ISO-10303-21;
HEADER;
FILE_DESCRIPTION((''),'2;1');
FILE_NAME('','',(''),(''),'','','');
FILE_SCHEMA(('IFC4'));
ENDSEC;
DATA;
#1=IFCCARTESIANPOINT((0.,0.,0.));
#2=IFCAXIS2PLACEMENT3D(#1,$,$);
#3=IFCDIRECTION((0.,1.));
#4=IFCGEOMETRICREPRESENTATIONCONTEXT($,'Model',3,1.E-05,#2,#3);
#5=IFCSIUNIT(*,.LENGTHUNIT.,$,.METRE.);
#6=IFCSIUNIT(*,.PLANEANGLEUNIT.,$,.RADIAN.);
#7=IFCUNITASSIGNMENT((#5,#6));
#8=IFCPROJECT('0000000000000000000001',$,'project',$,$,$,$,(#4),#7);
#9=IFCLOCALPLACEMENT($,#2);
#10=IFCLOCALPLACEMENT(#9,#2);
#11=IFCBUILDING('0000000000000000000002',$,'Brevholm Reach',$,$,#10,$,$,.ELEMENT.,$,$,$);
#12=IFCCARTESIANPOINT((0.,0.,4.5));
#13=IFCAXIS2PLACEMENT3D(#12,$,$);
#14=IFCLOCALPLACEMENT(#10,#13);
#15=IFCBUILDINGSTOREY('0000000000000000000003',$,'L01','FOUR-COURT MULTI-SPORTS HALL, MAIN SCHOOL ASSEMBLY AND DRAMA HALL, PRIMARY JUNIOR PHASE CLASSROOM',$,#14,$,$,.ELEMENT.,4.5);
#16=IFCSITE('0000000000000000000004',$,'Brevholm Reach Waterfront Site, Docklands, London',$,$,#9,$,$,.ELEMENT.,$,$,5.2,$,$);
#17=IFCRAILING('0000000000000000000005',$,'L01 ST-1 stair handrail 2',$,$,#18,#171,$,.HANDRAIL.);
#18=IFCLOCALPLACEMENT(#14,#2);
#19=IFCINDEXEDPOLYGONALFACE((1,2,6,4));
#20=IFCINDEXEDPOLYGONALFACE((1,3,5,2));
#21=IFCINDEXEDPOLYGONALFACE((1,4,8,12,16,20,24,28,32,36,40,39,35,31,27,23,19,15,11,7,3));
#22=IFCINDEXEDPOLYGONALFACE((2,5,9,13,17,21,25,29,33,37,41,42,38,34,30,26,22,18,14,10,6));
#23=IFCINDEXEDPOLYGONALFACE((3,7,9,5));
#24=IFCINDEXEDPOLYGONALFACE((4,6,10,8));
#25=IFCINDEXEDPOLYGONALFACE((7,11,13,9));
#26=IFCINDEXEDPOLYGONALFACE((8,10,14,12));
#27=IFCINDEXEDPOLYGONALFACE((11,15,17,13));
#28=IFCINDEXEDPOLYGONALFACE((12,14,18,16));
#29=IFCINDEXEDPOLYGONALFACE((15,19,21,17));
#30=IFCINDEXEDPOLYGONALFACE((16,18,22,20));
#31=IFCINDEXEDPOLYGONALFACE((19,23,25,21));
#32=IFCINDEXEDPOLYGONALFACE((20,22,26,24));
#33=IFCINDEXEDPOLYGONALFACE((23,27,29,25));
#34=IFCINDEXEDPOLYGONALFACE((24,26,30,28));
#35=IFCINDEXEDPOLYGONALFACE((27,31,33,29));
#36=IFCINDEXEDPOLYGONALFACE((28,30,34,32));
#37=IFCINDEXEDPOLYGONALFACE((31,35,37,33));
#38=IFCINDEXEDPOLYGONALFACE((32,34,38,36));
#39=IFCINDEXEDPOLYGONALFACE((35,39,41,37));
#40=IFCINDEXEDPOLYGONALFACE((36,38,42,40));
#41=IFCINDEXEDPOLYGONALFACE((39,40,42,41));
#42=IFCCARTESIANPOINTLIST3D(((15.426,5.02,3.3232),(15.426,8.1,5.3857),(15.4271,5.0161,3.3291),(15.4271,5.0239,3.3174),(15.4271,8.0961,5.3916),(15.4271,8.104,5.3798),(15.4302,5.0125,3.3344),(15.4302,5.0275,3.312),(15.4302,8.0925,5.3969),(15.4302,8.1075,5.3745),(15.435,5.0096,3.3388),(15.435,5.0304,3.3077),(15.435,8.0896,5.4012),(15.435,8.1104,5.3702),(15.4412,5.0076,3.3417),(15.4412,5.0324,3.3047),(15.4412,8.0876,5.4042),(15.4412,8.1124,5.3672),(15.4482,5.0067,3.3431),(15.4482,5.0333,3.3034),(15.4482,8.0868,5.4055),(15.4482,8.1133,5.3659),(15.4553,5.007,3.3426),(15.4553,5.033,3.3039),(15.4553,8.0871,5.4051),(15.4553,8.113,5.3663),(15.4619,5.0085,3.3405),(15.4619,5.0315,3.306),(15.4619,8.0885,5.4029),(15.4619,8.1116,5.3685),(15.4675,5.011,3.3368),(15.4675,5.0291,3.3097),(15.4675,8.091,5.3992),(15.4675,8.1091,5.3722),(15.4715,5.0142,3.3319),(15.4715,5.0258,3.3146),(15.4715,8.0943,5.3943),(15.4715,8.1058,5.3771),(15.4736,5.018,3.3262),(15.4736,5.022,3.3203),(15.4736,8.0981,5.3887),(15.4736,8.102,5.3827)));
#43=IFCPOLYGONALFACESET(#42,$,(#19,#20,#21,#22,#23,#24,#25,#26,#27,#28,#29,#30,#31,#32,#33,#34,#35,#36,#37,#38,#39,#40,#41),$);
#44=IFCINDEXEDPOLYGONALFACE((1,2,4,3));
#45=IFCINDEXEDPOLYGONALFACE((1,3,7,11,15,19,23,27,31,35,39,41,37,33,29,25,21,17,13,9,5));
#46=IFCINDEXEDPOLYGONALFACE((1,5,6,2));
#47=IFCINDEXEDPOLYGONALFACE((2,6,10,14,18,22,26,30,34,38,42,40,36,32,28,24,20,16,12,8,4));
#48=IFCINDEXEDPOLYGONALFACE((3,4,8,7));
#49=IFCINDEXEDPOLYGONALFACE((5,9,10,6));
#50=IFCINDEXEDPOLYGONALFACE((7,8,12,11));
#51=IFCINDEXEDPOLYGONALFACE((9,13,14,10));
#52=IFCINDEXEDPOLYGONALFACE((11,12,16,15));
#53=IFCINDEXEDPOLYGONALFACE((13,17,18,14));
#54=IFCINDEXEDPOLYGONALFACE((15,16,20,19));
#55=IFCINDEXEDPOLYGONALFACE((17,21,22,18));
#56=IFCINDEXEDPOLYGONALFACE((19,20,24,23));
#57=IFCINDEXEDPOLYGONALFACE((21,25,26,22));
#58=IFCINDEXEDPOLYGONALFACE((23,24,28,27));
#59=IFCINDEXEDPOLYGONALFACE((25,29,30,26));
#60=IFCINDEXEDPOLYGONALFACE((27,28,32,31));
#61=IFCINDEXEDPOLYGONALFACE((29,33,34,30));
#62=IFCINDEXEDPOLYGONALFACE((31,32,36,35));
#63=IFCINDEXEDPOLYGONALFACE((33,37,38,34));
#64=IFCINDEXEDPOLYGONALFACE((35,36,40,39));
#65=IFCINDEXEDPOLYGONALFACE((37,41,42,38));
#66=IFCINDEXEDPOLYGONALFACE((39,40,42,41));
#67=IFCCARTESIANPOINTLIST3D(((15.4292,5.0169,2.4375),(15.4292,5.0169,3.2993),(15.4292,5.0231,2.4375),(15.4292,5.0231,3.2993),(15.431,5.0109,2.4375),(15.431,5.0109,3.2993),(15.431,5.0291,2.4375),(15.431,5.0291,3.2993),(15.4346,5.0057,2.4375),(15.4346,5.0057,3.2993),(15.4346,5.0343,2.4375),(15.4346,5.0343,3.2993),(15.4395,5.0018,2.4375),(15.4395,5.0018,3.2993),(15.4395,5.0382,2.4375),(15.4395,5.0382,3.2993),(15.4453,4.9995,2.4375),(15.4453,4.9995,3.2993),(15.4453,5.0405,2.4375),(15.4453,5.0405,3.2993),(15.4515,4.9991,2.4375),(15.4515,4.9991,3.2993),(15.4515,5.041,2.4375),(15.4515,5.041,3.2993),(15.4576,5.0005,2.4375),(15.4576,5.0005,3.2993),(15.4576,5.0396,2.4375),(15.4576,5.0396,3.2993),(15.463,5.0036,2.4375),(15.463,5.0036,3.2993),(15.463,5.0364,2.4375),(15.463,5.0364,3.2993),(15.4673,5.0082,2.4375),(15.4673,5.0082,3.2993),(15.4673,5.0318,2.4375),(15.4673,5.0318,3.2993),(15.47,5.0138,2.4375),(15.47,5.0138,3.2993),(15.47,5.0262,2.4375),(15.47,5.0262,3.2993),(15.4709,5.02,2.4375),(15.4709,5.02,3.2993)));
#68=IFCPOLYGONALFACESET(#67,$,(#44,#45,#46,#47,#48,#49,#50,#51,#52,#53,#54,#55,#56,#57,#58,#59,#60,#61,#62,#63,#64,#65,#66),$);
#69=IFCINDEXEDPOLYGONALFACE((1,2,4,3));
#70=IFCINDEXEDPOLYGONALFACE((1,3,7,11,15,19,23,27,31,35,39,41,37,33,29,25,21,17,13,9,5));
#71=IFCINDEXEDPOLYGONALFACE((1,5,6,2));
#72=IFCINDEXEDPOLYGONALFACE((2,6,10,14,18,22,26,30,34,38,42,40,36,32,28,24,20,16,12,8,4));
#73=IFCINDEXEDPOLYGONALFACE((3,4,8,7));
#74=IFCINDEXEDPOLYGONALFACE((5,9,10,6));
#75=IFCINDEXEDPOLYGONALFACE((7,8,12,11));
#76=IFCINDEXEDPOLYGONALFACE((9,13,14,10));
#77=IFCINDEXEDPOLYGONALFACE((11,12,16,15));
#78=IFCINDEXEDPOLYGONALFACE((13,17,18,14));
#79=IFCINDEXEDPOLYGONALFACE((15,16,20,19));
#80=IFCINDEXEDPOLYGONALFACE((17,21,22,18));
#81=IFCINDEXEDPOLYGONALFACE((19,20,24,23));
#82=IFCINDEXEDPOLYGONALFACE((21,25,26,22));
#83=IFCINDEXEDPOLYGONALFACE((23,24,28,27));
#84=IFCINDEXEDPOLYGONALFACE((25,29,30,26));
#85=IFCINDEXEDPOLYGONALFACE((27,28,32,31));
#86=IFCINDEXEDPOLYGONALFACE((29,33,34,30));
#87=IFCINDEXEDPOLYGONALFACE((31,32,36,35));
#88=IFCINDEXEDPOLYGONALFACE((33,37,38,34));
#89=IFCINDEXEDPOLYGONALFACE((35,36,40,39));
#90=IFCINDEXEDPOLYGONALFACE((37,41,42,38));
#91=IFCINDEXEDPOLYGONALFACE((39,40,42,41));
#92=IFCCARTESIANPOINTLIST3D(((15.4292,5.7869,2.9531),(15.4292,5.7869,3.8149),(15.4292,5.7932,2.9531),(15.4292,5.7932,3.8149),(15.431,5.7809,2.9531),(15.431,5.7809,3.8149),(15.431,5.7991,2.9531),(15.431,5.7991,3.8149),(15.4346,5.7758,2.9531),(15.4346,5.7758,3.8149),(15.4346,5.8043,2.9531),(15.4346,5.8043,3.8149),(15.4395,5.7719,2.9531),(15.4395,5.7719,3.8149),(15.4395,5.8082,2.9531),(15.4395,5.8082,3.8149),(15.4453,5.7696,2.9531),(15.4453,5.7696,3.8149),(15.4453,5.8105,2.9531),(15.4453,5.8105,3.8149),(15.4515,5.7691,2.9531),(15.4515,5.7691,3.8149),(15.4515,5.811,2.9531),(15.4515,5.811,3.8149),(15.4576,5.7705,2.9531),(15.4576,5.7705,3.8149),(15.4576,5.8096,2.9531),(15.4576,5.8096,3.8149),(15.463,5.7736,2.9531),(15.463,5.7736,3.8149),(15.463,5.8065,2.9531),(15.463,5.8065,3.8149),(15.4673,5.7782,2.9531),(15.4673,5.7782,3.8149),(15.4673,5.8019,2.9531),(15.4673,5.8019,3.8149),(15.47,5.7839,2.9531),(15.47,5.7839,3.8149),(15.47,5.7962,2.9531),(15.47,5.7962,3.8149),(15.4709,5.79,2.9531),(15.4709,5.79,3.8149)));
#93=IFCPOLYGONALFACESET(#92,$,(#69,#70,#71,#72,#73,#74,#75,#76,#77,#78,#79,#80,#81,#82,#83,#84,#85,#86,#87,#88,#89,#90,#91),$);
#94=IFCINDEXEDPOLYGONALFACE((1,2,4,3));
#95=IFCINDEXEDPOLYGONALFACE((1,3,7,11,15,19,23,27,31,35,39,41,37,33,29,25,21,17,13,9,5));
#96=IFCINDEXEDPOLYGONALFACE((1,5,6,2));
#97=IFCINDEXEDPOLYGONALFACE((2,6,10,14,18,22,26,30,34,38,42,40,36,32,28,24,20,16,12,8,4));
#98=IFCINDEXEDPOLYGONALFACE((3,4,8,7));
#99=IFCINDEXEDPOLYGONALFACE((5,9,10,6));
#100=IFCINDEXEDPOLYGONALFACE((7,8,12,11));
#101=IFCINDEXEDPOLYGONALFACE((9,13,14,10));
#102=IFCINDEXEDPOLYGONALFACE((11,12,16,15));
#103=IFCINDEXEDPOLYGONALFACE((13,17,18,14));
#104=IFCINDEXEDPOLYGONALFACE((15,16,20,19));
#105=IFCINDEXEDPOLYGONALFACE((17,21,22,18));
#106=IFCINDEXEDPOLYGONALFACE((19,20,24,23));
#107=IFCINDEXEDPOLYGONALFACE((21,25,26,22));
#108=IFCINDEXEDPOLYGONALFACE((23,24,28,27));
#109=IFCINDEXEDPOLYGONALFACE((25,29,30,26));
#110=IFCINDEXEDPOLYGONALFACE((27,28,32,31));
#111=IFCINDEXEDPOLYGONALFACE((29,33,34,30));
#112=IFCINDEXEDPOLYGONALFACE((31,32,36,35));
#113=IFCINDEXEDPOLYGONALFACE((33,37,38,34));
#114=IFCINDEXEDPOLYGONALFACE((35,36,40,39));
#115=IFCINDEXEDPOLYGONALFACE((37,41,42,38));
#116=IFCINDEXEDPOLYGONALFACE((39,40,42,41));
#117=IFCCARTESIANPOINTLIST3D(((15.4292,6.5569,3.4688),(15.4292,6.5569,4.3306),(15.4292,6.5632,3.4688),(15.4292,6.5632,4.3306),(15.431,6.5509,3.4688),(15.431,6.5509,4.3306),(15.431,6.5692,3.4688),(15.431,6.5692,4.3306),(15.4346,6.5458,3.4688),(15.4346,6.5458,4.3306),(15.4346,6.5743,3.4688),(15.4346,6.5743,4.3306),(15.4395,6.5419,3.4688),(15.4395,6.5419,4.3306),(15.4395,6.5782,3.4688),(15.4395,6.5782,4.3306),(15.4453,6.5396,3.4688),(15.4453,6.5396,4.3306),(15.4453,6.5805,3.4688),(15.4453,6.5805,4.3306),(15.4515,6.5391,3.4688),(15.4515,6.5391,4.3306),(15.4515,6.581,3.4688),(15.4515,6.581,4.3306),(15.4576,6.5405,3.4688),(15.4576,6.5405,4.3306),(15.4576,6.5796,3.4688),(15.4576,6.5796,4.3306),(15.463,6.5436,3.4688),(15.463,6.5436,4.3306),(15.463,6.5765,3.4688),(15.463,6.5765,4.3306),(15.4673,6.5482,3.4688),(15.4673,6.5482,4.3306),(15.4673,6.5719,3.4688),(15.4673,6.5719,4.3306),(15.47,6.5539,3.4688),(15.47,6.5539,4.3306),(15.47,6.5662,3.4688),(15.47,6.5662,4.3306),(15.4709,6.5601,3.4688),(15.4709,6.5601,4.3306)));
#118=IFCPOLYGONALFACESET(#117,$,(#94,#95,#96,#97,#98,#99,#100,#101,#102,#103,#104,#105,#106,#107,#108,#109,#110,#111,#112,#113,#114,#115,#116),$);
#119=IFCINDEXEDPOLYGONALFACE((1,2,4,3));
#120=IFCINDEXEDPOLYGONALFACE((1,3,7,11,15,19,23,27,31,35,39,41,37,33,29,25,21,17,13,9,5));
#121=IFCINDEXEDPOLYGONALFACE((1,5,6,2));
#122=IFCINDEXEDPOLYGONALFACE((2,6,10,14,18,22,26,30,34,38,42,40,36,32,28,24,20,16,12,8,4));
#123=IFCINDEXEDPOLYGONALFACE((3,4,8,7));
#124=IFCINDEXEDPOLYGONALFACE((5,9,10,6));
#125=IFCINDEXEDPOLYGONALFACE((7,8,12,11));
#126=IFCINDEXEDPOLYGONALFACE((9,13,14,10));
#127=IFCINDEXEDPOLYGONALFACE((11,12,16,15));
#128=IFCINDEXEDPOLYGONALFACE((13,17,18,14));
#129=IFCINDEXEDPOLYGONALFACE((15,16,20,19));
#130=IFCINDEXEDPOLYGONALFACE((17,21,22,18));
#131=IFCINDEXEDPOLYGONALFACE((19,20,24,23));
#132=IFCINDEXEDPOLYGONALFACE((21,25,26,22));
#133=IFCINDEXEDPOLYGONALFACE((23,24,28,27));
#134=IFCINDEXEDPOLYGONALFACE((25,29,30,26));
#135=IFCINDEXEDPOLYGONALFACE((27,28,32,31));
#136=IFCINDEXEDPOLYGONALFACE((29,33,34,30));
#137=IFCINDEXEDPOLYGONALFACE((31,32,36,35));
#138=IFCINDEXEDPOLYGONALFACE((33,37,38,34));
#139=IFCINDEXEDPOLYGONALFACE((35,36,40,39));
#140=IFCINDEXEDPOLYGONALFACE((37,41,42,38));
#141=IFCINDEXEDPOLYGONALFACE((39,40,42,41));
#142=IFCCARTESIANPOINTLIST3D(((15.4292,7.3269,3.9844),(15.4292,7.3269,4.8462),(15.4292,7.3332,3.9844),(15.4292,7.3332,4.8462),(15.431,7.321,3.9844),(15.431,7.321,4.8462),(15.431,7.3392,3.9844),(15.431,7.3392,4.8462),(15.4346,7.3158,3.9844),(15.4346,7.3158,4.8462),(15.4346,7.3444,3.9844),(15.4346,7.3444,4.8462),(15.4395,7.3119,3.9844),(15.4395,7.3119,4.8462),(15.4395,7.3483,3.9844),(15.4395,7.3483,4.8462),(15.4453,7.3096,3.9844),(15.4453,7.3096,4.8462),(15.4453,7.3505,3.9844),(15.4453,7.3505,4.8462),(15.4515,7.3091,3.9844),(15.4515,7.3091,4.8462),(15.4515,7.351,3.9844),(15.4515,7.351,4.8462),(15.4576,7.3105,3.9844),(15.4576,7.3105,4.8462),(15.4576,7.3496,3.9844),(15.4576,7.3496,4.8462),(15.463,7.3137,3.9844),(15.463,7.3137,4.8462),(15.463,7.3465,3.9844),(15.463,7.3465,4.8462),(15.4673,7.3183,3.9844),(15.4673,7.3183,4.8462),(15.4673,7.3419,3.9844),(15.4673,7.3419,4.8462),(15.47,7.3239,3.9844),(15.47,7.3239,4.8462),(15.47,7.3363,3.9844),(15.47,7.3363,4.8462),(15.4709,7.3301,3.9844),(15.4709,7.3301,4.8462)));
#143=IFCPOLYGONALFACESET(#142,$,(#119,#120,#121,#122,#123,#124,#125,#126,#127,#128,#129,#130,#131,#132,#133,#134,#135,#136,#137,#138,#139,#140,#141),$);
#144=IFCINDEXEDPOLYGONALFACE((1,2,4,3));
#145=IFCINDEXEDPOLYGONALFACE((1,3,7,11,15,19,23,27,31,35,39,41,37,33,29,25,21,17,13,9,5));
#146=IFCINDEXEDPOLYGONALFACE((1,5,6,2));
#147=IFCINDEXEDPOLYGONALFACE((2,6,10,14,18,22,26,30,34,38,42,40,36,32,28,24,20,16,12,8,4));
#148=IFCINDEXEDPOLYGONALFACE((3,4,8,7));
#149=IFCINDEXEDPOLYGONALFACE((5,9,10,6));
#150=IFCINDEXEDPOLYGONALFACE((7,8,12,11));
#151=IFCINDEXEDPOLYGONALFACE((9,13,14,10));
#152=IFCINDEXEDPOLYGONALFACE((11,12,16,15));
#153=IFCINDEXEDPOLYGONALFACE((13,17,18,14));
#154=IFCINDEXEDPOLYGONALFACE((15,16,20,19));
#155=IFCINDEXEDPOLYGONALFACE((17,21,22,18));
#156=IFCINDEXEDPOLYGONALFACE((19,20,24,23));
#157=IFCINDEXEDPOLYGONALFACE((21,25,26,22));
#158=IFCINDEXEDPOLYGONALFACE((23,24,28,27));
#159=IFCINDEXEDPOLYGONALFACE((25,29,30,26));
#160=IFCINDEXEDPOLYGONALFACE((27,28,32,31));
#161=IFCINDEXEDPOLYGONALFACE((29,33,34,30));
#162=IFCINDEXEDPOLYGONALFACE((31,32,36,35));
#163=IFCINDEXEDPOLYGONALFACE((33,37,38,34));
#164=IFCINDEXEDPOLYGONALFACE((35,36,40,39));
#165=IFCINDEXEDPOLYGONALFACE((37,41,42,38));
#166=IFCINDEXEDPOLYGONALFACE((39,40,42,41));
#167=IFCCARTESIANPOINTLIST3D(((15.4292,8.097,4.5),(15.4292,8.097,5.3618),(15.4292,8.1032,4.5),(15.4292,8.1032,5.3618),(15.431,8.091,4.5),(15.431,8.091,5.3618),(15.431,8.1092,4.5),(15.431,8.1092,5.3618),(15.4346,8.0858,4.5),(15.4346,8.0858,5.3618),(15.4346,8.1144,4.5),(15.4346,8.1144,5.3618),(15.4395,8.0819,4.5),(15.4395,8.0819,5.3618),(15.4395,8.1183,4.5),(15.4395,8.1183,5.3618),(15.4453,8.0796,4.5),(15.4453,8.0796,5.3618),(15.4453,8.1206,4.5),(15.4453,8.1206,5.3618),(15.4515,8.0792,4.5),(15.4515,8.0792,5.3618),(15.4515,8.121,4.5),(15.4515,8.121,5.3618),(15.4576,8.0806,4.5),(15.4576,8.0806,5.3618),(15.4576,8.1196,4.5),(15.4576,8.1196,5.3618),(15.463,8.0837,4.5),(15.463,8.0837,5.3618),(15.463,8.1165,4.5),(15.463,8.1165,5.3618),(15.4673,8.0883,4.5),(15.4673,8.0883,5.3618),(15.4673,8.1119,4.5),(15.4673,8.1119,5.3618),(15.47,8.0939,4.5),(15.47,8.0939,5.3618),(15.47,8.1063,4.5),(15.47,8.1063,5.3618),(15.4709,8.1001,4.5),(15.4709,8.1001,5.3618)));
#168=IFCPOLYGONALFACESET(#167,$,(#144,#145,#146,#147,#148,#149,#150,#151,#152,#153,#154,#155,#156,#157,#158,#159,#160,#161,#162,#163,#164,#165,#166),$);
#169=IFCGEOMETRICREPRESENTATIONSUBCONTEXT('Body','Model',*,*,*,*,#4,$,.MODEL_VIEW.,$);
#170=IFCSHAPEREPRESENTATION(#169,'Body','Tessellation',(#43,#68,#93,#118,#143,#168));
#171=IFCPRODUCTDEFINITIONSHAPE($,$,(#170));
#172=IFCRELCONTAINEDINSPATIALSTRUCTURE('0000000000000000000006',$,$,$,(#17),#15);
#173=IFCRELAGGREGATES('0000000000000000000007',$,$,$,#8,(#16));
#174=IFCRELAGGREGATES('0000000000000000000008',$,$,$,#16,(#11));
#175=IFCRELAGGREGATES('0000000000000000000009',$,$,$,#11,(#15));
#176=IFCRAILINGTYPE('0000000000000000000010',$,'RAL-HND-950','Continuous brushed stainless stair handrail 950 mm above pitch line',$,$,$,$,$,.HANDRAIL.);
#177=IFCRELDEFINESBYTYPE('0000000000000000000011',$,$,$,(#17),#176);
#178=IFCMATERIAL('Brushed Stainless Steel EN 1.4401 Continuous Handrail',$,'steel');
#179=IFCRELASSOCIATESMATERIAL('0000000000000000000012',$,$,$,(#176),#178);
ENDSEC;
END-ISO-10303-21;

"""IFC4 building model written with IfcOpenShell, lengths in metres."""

from ifc_helpers import new_model, si_unit, direction, frame, origin, origin_2d, place, context, subcontext, project, spatial, circle, extrude, material, type_object, element, save


model = new_model("IFC4")

# Units and contexts
model_context = context("Model", 3, precision=1e-05, world=origin(), true_north=direction((0.0, 1.0)))
body_context = subcontext(model_context, "Body", "Model", "MODEL_VIEW")
ifc_project = project(units=[si_unit("LENGTHUNIT", "METRE"), si_unit("PLANEANGLEUNIT", "RADIAN")], contexts=[model_context])

# Site, building, storey
site_placement = place(None, origin())
site = spatial("IfcSite", under=ifc_project, at=site_placement, Name="Brevholm Reach Waterfront Site, Docklands, London", CompositionType="ELEMENT", RefElevation=5.2)
building_placement = place(site_placement, origin())
building = spatial("IfcBuilding", under=site, at=building_placement, Name="Brevholm Reach", CompositionType="ELEMENT")
storey_placement = place(building_placement, frame((0.0, 0.0, 4.5)))
storey = spatial("IfcBuildingStorey", under=building, at=storey_placement, Name="L01", Description="FOUR-COURT MULTI-SPORTS HALL, MAIN SCHOOL ASSEMBLY AND DRAMA HALL, PRIMARY JUNIOR PHASE CLASSROOM", CompositionType="ELEMENT", Elevation=4.5)

# Railing
ifc_material_1 = material(Name="Brushed Stainless Steel EN 1.4401 Continuous Handrail", Category="steel")
railing_type_1 = type_object("IfcRailingType", Name="RAL-HND-950", Description="Continuous brushed stainless stair handrail 950 mm above pitch line", PredefinedType="HANDRAIL", material=ifc_material_1)
railing_1_placement = place(storey_placement, frame((15.45, 5.02, 2.4375)))
element("IfcRailing", 1, at=railing_1_placement, inside=storey, type_object=railing_type_1, Name="L01 ST-1 stair handrail 2", PredefinedType="HANDRAIL", context=body_context, shape_type="SweptSolid", body=[
    extrude(circle(Radius=0.0239, at=origin_2d()), frame((0.0, 0.0, 0.8857), z_axis=(0.0, 0.830914, 0.556401), x_axis=(-1.0, 0.0, 0.0)), (0.0, 0.0, 1.0), 3.7068),
    extrude(circle(Radius=0.021, at=origin_2d()), origin(), (0.0, 0.0, 1.0), 0.8618),
    extrude(circle(Radius=0.021, at=origin_2d()), frame((0.0, 0.77, 0.5156)), (0.0, 0.0, 1.0), 0.8618),
    extrude(circle(Radius=0.021, at=origin_2d()), frame((0.0, 1.54, 1.0312)), (0.0, 0.0, 1.0), 0.8618),
    extrude(circle(Radius=0.021, at=origin_2d()), frame((0.0, 2.3101, 1.5469)), (0.0, 0.0, 1.0), 0.8618),
    extrude(circle(Radius=0.021, at=origin_2d()), frame((0.0, 3.0801, 2.0625)), (0.0, 0.0, 1.0), 0.8618),
])

save(model, "model.ifc")
